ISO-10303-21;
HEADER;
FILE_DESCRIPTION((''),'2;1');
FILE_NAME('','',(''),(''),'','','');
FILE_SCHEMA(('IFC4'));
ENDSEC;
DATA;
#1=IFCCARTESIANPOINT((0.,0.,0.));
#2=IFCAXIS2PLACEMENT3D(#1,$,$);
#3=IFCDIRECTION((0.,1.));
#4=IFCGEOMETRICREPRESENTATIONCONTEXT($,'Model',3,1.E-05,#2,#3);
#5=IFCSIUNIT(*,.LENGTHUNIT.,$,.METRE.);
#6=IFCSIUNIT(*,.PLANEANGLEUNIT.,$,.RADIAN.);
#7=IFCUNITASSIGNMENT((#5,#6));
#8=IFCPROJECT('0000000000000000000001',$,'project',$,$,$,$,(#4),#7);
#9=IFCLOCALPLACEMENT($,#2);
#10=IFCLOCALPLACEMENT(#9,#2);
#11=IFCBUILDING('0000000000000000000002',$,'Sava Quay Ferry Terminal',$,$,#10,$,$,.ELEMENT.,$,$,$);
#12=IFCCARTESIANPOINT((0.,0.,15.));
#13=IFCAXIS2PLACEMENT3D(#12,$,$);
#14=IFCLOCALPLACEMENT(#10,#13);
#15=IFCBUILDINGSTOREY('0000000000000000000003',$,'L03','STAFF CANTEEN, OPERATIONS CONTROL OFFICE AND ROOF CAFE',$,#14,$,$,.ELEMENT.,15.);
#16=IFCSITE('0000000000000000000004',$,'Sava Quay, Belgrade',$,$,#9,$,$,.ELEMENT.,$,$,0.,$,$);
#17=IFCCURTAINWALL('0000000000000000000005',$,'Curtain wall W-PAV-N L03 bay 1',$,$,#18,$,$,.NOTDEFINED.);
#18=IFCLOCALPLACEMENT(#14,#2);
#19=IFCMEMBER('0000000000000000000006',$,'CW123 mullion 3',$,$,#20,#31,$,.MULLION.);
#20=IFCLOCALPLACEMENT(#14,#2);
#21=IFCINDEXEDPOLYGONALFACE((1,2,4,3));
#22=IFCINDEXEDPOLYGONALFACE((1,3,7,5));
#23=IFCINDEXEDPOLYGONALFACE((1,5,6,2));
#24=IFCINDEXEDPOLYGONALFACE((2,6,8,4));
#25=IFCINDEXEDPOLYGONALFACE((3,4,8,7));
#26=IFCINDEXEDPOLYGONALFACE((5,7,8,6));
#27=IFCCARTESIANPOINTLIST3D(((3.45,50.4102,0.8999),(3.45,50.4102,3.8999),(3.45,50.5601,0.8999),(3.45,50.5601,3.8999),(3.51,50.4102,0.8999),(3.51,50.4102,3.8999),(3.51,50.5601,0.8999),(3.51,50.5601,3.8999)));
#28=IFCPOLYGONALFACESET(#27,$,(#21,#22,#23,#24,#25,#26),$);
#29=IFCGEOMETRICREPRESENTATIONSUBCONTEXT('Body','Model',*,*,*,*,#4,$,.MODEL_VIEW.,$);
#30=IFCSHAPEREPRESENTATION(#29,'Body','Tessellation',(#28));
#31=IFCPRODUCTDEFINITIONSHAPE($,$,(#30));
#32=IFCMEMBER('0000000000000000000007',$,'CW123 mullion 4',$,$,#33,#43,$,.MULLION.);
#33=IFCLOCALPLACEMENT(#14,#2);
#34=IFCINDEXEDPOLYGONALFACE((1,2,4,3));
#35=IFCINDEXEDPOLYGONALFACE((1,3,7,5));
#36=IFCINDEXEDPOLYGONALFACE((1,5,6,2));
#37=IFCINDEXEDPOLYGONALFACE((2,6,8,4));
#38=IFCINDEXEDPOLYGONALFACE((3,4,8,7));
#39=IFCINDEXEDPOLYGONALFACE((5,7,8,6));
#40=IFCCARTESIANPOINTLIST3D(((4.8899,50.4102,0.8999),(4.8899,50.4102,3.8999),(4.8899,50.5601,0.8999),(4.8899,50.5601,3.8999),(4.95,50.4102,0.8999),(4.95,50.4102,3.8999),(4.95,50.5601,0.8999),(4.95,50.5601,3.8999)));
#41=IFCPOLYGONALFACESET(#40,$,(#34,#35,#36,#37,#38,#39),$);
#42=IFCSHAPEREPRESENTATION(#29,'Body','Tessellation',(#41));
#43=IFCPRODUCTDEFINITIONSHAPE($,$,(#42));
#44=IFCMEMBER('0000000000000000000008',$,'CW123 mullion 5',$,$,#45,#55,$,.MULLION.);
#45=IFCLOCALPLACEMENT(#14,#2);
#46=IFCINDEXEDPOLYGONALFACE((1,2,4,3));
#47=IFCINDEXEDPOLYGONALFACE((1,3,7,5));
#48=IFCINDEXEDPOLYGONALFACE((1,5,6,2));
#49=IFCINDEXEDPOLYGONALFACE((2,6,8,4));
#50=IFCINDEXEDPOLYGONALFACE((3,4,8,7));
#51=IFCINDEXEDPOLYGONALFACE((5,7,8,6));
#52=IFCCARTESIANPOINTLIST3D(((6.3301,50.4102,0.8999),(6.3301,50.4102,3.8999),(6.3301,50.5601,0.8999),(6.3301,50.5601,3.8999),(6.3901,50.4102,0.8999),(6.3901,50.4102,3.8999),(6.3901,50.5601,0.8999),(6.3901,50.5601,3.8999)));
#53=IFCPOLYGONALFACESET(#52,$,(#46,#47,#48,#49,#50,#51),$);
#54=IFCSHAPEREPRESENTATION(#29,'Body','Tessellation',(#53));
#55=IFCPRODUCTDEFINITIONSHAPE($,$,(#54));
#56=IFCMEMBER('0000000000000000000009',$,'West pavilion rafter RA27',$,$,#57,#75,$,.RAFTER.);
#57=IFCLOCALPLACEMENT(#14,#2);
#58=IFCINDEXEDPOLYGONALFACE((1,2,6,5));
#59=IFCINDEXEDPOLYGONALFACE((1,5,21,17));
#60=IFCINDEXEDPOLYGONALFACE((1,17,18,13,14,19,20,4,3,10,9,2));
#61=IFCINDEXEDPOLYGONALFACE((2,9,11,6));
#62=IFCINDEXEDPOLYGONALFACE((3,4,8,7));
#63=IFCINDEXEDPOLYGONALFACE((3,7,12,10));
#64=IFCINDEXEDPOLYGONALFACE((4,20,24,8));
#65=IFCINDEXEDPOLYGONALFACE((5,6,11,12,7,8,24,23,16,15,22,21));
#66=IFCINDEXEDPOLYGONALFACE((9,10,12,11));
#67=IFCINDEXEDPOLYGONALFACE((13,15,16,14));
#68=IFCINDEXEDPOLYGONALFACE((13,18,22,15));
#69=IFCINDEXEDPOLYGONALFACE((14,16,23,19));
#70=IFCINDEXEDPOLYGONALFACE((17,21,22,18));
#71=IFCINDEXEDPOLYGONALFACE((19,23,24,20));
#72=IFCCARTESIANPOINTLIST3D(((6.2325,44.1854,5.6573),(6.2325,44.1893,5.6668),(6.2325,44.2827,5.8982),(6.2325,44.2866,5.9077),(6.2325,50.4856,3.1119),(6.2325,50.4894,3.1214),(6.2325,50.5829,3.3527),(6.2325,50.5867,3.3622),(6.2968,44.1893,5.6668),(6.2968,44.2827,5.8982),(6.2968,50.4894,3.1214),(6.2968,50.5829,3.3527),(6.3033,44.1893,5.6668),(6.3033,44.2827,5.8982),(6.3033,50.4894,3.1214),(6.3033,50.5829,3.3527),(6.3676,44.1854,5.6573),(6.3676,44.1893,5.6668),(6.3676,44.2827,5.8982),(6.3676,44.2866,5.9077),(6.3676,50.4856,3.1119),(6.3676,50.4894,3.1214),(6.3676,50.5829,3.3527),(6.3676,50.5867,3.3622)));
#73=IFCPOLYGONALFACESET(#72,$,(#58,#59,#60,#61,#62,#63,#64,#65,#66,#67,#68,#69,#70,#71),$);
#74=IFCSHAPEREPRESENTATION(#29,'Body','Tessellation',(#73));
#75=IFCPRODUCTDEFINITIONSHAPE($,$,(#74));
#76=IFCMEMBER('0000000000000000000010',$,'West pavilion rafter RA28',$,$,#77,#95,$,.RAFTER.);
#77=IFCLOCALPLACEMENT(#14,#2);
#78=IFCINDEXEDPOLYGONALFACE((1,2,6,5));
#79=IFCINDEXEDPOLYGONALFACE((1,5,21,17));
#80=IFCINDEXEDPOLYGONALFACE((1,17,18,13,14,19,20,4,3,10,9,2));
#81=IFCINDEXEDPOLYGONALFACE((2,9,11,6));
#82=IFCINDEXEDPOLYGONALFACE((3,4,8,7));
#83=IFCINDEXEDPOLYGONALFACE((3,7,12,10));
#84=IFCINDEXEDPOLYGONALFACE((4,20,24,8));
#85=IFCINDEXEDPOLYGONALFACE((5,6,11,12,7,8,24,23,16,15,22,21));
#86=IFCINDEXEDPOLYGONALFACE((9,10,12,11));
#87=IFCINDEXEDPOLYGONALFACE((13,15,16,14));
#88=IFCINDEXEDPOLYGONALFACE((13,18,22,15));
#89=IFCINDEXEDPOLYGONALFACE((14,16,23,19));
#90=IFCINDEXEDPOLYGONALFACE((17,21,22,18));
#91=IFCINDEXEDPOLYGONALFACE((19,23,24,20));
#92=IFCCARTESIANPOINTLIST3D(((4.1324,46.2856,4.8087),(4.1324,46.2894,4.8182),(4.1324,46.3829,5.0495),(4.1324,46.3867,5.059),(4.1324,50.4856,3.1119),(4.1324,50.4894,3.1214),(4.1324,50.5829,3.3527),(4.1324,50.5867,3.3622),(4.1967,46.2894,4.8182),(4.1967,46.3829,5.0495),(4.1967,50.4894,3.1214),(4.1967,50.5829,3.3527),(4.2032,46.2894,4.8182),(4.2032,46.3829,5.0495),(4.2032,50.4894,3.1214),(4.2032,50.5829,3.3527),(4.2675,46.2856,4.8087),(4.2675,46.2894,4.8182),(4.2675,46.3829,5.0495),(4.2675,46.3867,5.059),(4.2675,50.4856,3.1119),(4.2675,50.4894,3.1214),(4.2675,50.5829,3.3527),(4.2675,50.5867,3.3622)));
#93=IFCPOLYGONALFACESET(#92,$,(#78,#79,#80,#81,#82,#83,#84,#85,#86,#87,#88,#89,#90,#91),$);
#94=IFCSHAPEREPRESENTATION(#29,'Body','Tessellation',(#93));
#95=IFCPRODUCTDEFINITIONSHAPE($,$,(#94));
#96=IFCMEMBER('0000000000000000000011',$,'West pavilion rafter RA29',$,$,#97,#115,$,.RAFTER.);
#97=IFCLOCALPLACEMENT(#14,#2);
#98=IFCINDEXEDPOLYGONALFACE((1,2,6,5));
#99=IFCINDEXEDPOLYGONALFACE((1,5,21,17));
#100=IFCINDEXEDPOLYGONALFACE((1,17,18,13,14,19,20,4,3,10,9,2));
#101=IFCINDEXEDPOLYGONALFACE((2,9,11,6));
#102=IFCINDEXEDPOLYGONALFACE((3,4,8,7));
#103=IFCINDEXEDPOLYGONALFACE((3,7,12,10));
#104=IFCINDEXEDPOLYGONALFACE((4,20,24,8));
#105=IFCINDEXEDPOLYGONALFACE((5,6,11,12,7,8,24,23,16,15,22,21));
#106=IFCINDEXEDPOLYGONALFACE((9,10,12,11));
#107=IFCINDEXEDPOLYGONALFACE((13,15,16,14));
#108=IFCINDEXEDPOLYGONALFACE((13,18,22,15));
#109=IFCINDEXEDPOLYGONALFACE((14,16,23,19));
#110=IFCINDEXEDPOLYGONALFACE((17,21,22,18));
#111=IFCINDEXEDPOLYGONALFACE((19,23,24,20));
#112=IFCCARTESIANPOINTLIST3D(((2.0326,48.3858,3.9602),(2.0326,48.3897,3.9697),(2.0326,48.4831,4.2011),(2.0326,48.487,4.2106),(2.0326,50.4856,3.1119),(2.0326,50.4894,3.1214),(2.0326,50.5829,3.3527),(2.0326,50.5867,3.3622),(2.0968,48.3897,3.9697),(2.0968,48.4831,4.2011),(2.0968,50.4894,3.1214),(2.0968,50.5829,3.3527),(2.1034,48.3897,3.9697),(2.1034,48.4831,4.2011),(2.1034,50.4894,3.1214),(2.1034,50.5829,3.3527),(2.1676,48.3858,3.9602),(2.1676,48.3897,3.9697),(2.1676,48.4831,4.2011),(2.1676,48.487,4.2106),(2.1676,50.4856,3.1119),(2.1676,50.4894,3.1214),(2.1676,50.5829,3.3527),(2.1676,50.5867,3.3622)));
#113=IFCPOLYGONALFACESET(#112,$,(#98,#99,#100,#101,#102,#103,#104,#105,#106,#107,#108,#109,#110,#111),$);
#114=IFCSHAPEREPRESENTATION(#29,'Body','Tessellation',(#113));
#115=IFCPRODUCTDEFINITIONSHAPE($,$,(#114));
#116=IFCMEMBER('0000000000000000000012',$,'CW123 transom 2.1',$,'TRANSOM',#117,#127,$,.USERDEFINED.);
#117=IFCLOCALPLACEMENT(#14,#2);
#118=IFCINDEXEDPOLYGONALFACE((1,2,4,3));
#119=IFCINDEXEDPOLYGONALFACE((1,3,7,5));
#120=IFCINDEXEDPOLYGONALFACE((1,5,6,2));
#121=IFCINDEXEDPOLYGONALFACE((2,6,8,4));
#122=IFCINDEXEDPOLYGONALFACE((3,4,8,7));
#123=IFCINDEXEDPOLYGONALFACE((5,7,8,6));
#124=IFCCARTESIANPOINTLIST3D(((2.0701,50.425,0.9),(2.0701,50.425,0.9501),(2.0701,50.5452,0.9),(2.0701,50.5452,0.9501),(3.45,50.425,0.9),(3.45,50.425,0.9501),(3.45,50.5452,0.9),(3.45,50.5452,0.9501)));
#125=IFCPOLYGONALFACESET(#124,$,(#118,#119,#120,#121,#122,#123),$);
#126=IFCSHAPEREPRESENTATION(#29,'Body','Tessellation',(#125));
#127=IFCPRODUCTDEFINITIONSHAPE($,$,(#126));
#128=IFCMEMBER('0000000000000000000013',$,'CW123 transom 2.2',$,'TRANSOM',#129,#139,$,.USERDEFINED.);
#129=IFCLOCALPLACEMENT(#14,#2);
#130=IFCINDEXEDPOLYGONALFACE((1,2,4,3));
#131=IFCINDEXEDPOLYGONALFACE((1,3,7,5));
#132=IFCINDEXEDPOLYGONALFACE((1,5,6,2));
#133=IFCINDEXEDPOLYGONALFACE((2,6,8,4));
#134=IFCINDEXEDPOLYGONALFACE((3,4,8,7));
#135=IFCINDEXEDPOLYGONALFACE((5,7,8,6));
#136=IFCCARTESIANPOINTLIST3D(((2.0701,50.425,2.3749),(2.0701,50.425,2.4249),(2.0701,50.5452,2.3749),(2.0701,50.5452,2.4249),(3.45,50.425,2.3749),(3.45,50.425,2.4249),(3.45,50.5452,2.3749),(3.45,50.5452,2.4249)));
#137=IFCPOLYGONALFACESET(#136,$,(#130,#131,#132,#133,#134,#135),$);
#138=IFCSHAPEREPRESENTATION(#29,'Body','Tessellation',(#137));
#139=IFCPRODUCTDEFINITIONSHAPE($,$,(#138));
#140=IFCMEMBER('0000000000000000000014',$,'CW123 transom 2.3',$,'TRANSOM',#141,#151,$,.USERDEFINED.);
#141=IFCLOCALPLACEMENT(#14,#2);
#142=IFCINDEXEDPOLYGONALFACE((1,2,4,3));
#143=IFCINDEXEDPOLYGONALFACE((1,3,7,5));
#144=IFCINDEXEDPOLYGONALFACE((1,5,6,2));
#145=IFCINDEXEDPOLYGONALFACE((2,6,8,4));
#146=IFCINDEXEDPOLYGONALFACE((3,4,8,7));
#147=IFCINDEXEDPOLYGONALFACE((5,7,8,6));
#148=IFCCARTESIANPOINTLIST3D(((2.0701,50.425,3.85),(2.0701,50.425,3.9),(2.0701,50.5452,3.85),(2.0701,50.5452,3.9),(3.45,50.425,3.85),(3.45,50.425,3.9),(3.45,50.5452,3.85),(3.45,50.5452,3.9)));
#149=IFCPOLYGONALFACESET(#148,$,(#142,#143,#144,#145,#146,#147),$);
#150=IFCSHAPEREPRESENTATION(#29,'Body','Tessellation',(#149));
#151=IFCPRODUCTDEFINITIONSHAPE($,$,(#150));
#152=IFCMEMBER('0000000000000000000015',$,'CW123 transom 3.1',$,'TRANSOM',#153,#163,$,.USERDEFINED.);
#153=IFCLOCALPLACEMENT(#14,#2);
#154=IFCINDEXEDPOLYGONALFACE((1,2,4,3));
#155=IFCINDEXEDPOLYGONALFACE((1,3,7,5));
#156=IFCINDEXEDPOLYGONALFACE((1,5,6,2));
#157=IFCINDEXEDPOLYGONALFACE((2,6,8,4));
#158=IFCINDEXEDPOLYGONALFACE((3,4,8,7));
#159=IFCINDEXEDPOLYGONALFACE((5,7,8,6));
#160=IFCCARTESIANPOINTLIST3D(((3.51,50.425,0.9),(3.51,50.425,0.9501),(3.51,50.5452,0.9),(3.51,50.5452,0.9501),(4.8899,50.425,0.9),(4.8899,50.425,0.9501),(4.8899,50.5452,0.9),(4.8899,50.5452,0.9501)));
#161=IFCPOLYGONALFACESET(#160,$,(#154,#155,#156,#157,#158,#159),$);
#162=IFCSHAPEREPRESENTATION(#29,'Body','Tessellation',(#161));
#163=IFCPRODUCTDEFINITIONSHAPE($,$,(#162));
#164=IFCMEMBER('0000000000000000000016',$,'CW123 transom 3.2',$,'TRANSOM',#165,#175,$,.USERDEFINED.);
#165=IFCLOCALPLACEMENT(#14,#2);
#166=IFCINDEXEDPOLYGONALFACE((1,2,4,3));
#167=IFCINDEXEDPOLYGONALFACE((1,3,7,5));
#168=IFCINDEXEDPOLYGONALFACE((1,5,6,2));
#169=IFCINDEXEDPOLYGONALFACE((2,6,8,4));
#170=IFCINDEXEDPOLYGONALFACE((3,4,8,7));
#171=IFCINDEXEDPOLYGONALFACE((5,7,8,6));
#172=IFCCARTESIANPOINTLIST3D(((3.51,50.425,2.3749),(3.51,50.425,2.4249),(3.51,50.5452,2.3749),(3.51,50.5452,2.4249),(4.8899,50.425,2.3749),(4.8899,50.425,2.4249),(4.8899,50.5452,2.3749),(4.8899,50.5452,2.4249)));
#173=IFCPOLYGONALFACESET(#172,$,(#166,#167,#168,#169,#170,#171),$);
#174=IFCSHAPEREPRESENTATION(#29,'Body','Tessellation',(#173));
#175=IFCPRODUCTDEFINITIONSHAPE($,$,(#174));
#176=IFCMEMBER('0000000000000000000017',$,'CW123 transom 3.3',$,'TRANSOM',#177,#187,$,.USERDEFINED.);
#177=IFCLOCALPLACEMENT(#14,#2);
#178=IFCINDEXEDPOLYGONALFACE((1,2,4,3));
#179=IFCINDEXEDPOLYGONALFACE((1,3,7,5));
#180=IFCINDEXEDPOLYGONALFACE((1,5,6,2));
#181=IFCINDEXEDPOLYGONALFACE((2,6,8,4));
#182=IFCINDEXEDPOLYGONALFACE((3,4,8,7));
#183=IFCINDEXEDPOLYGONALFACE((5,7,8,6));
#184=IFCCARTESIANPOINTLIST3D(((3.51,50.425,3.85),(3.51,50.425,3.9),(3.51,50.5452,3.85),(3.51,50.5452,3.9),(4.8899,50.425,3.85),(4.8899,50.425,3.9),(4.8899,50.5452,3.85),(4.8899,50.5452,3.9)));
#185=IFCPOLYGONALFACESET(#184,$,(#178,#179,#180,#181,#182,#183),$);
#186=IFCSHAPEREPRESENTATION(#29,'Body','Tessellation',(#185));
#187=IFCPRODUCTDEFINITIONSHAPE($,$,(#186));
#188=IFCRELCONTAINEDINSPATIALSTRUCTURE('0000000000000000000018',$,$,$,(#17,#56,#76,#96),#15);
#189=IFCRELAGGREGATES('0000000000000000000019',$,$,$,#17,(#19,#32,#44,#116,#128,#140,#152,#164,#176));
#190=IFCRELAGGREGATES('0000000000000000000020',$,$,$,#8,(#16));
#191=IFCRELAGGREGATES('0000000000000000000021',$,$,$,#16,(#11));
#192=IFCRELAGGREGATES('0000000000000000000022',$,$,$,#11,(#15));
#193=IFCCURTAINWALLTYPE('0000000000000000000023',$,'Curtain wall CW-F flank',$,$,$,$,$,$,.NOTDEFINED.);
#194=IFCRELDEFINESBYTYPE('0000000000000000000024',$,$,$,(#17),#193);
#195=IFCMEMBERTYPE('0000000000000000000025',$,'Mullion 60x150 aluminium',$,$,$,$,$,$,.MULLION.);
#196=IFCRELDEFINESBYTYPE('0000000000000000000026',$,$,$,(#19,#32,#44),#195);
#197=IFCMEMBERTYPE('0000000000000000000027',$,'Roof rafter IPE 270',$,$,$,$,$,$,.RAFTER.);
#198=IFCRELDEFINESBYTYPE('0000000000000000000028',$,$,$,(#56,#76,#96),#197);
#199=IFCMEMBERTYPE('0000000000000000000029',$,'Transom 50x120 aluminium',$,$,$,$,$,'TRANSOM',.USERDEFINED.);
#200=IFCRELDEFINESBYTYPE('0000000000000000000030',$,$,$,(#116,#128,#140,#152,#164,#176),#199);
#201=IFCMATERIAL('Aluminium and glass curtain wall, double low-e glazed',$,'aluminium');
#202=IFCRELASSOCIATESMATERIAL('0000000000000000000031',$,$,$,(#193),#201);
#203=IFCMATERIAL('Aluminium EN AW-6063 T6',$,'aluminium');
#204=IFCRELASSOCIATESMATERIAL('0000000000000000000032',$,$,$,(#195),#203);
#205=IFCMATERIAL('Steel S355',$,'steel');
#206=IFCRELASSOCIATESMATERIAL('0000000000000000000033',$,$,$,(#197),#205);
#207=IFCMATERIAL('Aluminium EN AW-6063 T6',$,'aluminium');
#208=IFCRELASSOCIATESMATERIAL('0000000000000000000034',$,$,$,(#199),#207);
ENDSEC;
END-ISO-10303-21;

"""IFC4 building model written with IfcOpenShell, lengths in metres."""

from ifc_helpers import new_model, si_unit, direction, frame, origin, origin_2d, place, context, subcontext, project, spatial, rectangle, i_section, extrude, material, material_profile, profile_set, type_object, element, aggregate, save


model = new_model("IFC4")

# Units and contexts
model_context = context("Model", 3, precision=1e-05, world=origin(), true_north=direction((0.0, 1.0)))
body_context = subcontext(model_context, "Body", "Model", "MODEL_VIEW")
ifc_project = project(units=[si_unit("LENGTHUNIT", "METRE"), si_unit("PLANEANGLEUNIT", "RADIAN")], contexts=[model_context])

# Site, building, storey
site_placement = place(None, origin())
site = spatial("IfcSite", under=ifc_project, at=site_placement, Name="Sava Quay, Belgrade", CompositionType="ELEMENT", RefElevation=0.0)
building_placement = place(site_placement, origin())
building = spatial("IfcBuilding", under=site, at=building_placement, Name="Sava Quay Ferry Terminal", CompositionType="ELEMENT")
storey_placement = place(building_placement, frame((0.0, 0.0, 15.0)))
storey = spatial("IfcBuildingStorey", under=building, at=storey_placement, Name="L03", Description="STAFF CANTEEN, OPERATIONS CONTROL OFFICE AND ROOF CAFE", CompositionType="ELEMENT", Elevation=15.0)

# Curtain wall, members
ifc_material_1 = material(Name="Aluminium and glass curtain wall, double low-e glazed", Category="aluminium")
curtain_wall_type = type_object("IfcCurtainWallType", Name="Curtain wall CW-F flank", PredefinedType="NOTDEFINED", material=ifc_material_1)
curtain_wall_placement = place(storey_placement, origin())
curtain_wall = element("IfcCurtainWall", 1, at=curtain_wall_placement, inside=storey, type_object=curtain_wall_type, Name="Curtain wall W-PAV-N L03 bay 1", PredefinedType="NOTDEFINED")
ifc_material_2 = material(Name="Aluminium EN AW-6063 T6", Category="aluminium")
ifc_material_profile_1 = material_profile(ifc_material_2, rectangle(XDim=0.1499, YDim=0.0601, at=origin_2d()), Name="Mullion 60x150 aluminium")
ifc_profile_set_1 = profile_set([ifc_material_profile_1], Name="Aluminium EN AW-6063 T6")
member_type_1 = type_object("IfcMemberType", Name="Mullion 60x150 aluminium", PredefinedType="MULLION", material=ifc_profile_set_1)
member_1_placement = place(storey_placement, frame((3.48, 50.4851, 0.8999), z_axis=(0.0, 0.0, 1.0), x_axis=(0.0, 1.0, 0.0)))
member_1 = element("IfcMember", 2, at=member_1_placement, type_object=member_type_1, Name="CW123 mullion 3", PredefinedType="MULLION", context=body_context, shape_type="SweptSolid", body=[
    extrude(rectangle(XDim=0.1499, YDim=0.0601, at=origin_2d()), origin(), (0.0, 0.0, 1.0), 3.0),
])
member_2_placement = place(storey_placement, frame((4.9199, 50.4851, 0.8999), z_axis=(0.0, 0.0, 1.0), x_axis=(0.0, 1.0, 0.0)))
member_2 = element("IfcMember", 3, at=member_2_placement, type_object=member_type_1, Name="CW123 mullion 4", PredefinedType="MULLION", context=body_context, shape_type="SweptSolid", body=[
    extrude(rectangle(XDim=0.1499, YDim=0.0601, at=origin_2d()), origin(), (0.0, 0.0, 1.0), 3.0),
])
member_3_placement = place(storey_placement, frame((6.3601, 50.4851, 0.8999), z_axis=(0.0, 0.0, 1.0), x_axis=(0.0, 1.0, 0.0)))
member_3 = element("IfcMember", 4, at=member_3_placement, type_object=member_type_1, Name="CW123 mullion 5", PredefinedType="MULLION", context=body_context, shape_type="SweptSolid", body=[
    extrude(rectangle(XDim=0.1499, YDim=0.0601, at=origin_2d()), origin(), (0.0, 0.0, 1.0), 3.0),
])

# Members
ifc_material_3 = material(Name="Steel S355", Category="steel")
ifc_material_profile_2 = material_profile(ifc_material_3, i_section(OverallWidth=0.135, OverallDepth=0.27, WebThickness=0.0066, FlangeThickness=0.0103, at=origin_2d()), Name="IPE 270")
ifc_profile_set_2 = profile_set([ifc_material_profile_2], Name="Steel S355")
member_type_2 = type_object("IfcMemberType", Name="Roof rafter IPE 270", PredefinedType="RAFTER", material=ifc_profile_set_2)
member_4_placement = place(storey_placement, frame((6.3, 50.5361, 3.2371), z_axis=(0.0, -0.927183, 0.37461), x_axis=(1.0, 0.0, 0.0)))
element("IfcMember", 5, at=member_4_placement, inside=storey, type_object=member_type_2, Name="West pavilion rafter RA27", PredefinedType="RAFTER", context=body_context, shape_type="SweptSolid", body=[
    extrude(i_section(OverallWidth=0.135, OverallDepth=0.27, WebThickness=0.0066, FlangeThickness=0.0103, at=origin_2d()), origin(), (0.0, 0.0, 1.0), 6.7949),
])
member_5_placement = place(storey_placement, frame((4.2, 50.5361, 3.2371), z_axis=(0.0, -0.927193, 0.374585), x_axis=(1.0, 0.0, 0.0)))
element("IfcMember", 6, at=member_5_placement, inside=storey, type_object=member_type_2, Name="West pavilion rafter RA28", PredefinedType="RAFTER", context=body_context, shape_type="SweptSolid", body=[
    extrude(i_section(OverallWidth=0.135, OverallDepth=0.27, WebThickness=0.0066, FlangeThickness=0.0103, at=origin_2d()), origin(), (0.0, 0.0, 1.0), 4.5298),
])
member_6_placement = place(storey_placement, frame((2.1001, 50.5361, 3.2371), z_axis=(0.0, -0.927185, 0.374604), x_axis=(1.0, 0.0, 0.0)))
element("IfcMember", 7, at=member_6_placement, inside=storey, type_object=member_type_2, Name="West pavilion rafter RA29", PredefinedType="RAFTER", context=body_context, shape_type="SweptSolid", body=[
    extrude(i_section(OverallWidth=0.135, OverallDepth=0.27, WebThickness=0.0066, FlangeThickness=0.0103, at=origin_2d()), origin(), (0.0, 0.0, 1.0), 2.2646),
])

# Members
ifc_material_4 = material(Name="Aluminium EN AW-6063 T6", Category="aluminium")
ifc_material_profile_3 = material_profile(ifc_material_4, rectangle(XDim=0.1201, YDim=0.05, at=origin_2d()), Name="Transom 50x120 aluminium")
ifc_profile_set_3 = profile_set([ifc_material_profile_3], Name="Aluminium EN AW-6063 T6")
member_type_3 = type_object("IfcMemberType", Name="Transom 50x120 aluminium", ElementType="TRANSOM", PredefinedType="USERDEFINED", material=ifc_profile_set_3)
member_7_placement = place(storey_placement, frame((2.0701, 50.4851, 0.925), z_axis=(1.0, 0.0, 0.0), x_axis=(0.0, 1.0, 0.0)))
member_7 = element("IfcMember", 8, at=member_7_placement, type_object=member_type_3, Name="CW123 transom 2.1", ObjectType="TRANSOM", PredefinedType="USERDEFINED", context=body_context, shape_type="SweptSolid", body=[
    extrude(rectangle(XDim=0.1201, YDim=0.05, at=origin_2d()), origin(), (0.0, 0.0, 1.0), 1.3799),
])
member_8_placement = place(storey_placement, frame((2.0701, 50.4851, 2.3999), z_axis=(1.0, 0.0, 0.0), x_axis=(0.0, 1.0, 0.0)))
member_8 = element("IfcMember", 9, at=member_8_placement, type_object=member_type_3, Name="CW123 transom 2.2", ObjectType="TRANSOM", PredefinedType="USERDEFINED", context=body_context, shape_type="SweptSolid", body=[
    extrude(rectangle(XDim=0.1201, YDim=0.05, at=origin_2d()), origin(), (0.0, 0.0, 1.0), 1.3799),
])
member_9_placement = place(storey_placement, frame((2.0701, 50.4851, 3.875), z_axis=(1.0, 0.0, 0.0), x_axis=(0.0, 1.0, 0.0)))
member_9 = element("IfcMember", 10, at=member_9_placement, type_object=member_type_3, Name="CW123 transom 2.3", ObjectType="TRANSOM", PredefinedType="USERDEFINED", context=body_context, shape_type="SweptSolid", body=[
    extrude(rectangle(XDim=0.1201, YDim=0.05, at=origin_2d()), origin(), (0.0, 0.0, 1.0), 1.3799),
])
member_10_placement = place(storey_placement, frame((3.51, 50.4851, 0.925), z_axis=(1.0, 0.0, 0.0), x_axis=(0.0, 1.0, 0.0)))
member_10 = element("IfcMember", 11, at=member_10_placement, type_object=member_type_3, Name="CW123 transom 3.1", ObjectType="TRANSOM", PredefinedType="USERDEFINED", context=body_context, shape_type="SweptSolid", body=[
    extrude(rectangle(XDim=0.1201, YDim=0.05, at=origin_2d()), origin(), (0.0, 0.0, 1.0), 1.3799),
])
member_11_placement = place(storey_placement, frame((3.51, 50.4851, 2.3999), z_axis=(1.0, 0.0, 0.0), x_axis=(0.0, 1.0, 0.0)))
member_11 = element("IfcMember", 12, at=member_11_placement, type_object=member_type_3, Name="CW123 transom 3.2", ObjectType="TRANSOM", PredefinedType="USERDEFINED", context=body_context, shape_type="SweptSolid", body=[
    extrude(rectangle(XDim=0.1201, YDim=0.05, at=origin_2d()), origin(), (0.0, 0.0, 1.0), 1.3799),
])
member_12_placement = place(storey_placement, frame((3.51, 50.4851, 3.875), z_axis=(1.0, 0.0, 0.0), x_axis=(0.0, 1.0, 0.0)))
member_12 = element("IfcMember", 13, at=member_12_placement, type_object=member_type_3, Name="CW123 transom 3.3", ObjectType="TRANSOM", PredefinedType="USERDEFINED", context=body_context, shape_type="SweptSolid", body=[
    extrude(rectangle(XDim=0.1201, YDim=0.05, at=origin_2d()), origin(), (0.0, 0.0, 1.0), 1.3799),
])

aggregate(curtain_wall, [member_1, member_2, member_3, member_7, member_8, member_9, member_10, member_11, member_12])

save(model, "model.ifc")
